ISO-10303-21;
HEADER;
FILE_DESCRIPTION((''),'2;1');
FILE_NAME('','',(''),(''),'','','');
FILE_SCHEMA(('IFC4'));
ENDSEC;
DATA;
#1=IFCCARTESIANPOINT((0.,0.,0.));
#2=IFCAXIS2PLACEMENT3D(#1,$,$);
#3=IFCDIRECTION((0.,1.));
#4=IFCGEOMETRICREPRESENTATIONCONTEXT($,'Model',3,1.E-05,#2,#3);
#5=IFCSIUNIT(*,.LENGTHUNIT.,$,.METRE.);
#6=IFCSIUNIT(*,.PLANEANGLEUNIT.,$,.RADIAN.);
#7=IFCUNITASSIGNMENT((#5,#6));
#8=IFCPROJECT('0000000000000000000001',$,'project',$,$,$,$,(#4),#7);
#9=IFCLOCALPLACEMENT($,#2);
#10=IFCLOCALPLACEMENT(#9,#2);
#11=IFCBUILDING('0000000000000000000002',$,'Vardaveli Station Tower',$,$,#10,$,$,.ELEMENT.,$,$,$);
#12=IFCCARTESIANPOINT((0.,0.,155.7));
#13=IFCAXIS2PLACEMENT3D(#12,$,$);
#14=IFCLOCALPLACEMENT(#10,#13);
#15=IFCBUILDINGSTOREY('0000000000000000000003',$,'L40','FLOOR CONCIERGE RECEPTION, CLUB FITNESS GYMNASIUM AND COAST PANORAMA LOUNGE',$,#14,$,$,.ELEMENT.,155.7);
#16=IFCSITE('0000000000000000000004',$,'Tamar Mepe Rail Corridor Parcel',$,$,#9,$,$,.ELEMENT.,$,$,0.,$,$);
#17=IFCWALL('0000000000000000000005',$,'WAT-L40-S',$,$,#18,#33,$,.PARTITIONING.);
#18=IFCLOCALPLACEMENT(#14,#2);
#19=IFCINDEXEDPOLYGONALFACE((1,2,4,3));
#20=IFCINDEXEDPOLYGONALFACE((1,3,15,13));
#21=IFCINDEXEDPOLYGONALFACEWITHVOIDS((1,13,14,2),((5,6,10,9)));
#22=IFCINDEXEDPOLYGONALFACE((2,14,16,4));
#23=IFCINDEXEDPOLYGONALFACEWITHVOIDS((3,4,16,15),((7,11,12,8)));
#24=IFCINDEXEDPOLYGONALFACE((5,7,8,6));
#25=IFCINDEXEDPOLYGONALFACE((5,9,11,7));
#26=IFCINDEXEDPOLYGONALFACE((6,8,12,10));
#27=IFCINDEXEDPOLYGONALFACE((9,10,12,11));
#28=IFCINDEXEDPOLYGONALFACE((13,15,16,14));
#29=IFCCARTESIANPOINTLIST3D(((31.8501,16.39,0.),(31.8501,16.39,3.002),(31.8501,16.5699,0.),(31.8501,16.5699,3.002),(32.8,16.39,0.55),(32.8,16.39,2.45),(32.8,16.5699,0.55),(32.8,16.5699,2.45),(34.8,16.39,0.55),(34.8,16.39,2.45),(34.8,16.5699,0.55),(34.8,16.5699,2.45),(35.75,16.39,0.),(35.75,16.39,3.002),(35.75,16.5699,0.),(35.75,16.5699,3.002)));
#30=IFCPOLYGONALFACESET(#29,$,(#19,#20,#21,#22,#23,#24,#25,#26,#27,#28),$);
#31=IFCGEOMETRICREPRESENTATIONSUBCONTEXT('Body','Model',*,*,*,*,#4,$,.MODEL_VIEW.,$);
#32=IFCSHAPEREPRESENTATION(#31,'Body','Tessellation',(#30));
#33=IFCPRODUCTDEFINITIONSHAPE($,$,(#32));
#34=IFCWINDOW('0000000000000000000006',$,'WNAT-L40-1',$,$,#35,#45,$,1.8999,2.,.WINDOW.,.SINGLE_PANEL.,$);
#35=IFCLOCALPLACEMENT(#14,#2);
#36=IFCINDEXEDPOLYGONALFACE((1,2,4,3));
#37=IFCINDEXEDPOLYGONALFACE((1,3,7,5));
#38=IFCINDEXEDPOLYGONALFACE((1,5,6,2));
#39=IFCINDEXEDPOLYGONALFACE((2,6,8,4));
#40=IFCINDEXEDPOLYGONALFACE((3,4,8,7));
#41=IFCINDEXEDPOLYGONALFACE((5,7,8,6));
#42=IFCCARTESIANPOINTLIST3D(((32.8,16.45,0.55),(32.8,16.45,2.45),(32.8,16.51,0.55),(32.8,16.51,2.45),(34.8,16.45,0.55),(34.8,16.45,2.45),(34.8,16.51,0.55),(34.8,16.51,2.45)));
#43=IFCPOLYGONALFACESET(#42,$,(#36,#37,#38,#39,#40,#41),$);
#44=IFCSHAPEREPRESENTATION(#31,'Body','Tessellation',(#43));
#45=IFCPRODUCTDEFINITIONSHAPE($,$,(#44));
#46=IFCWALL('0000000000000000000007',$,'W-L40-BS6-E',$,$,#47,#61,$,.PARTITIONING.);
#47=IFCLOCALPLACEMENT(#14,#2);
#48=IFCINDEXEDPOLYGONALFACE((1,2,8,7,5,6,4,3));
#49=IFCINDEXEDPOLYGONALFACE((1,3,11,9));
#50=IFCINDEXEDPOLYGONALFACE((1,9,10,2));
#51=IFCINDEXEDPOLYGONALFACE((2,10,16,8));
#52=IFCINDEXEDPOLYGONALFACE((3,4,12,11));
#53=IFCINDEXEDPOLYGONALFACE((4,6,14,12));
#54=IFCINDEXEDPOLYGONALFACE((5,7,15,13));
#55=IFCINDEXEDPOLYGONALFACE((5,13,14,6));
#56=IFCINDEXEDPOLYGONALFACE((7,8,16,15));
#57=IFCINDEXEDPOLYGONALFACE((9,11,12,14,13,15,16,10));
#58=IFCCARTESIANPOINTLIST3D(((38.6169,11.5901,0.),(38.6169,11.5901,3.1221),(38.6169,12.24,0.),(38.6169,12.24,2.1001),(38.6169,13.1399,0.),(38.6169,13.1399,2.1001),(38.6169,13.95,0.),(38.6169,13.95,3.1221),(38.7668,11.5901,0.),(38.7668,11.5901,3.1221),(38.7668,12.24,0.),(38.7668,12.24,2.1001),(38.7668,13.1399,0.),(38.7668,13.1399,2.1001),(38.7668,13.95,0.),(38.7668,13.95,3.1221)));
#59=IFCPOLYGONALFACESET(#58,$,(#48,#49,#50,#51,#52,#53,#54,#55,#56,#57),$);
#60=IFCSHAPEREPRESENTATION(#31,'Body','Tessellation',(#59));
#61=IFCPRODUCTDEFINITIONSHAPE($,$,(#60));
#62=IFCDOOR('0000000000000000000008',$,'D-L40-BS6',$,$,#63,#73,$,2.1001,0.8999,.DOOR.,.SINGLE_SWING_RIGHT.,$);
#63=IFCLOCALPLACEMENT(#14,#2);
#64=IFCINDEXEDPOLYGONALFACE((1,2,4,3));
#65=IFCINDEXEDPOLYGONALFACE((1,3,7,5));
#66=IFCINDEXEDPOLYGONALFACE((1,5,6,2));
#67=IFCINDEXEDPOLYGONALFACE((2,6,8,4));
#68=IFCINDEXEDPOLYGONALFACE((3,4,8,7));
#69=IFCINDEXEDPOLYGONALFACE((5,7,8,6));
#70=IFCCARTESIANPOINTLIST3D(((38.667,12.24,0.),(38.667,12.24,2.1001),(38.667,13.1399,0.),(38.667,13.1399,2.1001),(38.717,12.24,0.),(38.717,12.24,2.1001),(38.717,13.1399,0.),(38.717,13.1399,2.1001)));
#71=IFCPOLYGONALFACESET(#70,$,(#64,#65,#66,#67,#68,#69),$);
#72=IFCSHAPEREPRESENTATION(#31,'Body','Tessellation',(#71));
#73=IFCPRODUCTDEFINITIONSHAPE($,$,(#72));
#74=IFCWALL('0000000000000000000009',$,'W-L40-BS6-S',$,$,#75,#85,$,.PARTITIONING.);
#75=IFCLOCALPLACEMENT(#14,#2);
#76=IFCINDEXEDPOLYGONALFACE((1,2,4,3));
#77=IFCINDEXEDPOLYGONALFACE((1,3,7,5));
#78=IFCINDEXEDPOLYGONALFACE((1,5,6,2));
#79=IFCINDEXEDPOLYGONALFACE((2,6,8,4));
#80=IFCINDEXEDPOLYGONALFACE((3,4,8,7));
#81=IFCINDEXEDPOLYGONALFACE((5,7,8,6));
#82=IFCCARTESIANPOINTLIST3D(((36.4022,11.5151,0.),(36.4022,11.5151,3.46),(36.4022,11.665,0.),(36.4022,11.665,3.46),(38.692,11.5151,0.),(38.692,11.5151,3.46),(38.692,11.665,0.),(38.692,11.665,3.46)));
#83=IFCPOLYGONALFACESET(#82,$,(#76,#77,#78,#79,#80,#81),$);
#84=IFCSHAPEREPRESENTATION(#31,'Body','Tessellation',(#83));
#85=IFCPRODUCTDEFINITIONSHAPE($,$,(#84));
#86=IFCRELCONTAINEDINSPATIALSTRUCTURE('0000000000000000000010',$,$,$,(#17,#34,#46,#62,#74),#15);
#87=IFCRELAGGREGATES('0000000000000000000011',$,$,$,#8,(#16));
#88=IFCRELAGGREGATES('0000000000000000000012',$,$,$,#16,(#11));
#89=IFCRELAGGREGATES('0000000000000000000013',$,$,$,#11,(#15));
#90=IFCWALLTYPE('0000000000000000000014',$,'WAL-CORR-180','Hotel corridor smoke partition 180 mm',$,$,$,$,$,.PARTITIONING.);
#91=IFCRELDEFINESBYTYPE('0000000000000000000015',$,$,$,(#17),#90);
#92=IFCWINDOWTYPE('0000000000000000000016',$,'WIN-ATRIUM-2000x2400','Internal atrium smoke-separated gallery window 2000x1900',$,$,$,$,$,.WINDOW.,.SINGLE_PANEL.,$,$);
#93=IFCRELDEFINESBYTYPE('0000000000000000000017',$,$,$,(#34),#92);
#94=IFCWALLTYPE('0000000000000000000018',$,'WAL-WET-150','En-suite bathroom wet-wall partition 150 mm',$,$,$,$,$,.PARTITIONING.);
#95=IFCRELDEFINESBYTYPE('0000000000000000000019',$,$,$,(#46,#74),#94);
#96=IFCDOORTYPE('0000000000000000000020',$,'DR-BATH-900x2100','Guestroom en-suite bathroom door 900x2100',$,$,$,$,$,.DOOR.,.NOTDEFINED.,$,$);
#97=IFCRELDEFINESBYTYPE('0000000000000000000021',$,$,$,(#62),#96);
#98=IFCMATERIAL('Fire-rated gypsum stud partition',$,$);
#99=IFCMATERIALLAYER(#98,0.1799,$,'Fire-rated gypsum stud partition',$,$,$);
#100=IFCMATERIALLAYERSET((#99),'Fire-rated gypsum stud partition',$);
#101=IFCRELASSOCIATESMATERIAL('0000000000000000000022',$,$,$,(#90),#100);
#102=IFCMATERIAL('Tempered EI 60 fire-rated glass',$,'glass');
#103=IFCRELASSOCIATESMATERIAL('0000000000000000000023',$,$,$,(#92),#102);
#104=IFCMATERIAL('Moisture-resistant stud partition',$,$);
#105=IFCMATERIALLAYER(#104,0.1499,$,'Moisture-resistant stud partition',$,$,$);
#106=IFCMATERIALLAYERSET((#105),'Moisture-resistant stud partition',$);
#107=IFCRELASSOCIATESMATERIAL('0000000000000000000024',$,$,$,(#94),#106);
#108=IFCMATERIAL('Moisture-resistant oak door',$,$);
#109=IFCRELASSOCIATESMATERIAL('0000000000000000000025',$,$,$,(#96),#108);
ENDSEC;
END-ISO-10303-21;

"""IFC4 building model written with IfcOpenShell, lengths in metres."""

from ifc_helpers import new_model, si_unit, direction, frame, frame_2d, origin, place, context, subcontext, project, spatial, rectangle, extrude, source, transform, mapped, material, layer, layer_set, type_object, element, fill, save


model = new_model("IFC4")

# Units and contexts
model_context = context("Model", 3, precision=1e-05, world=origin(), true_north=direction((0.0, 1.0)))
body_context = subcontext(model_context, "Body", "Model", "MODEL_VIEW")
ifc_project = project(units=[si_unit("LENGTHUNIT", "METRE"), si_unit("PLANEANGLEUNIT", "RADIAN")], contexts=[model_context])

# Site, building, storey
site_placement = place(None, origin())
site = spatial("IfcSite", under=ifc_project, at=site_placement, Name="Tamar Mepe Rail Corridor Parcel", CompositionType="ELEMENT", RefElevation=0.0)
building_placement = place(site_placement, origin())
building = spatial("IfcBuilding", under=site, at=building_placement, Name="Vardaveli Station Tower", CompositionType="ELEMENT")
storey_placement = place(building_placement, frame((0.0, 0.0, 155.7)))
storey = spatial("IfcBuildingStorey", under=building, at=storey_placement, Name="L40", Description="FLOOR CONCIERGE RECEPTION, CLUB FITNESS GYMNASIUM AND COAST PANORAMA LOUNGE", CompositionType="ELEMENT", Elevation=155.7)

# Wall, opening, window
ifc_material_1 = material(Name="Fire-rated gypsum stud partition")
ifc_layer_1 = layer(ifc_material_1, 0.1799, Name="Fire-rated gypsum stud partition")
ifc_layer_set_1 = layer_set([ifc_layer_1], Name="Fire-rated gypsum stud partition")
wall_type_1 = type_object("IfcWallType", Name="WAL-CORR-180", Description="Hotel corridor smoke partition 180 mm", PredefinedType="PARTITIONING", material=ifc_layer_set_1)
shared_shape_1 = source(origin(), body_context, "Body", "SweptSolid", [
    extrude(rectangle(XDim=3.8999, YDim=0.1799, at=frame_2d((1.95, 0.0))), origin(), (0.0, 0.0, 1.0), 3.002),
])
wall_1_placement = place(storey_placement, frame((31.8501, 16.48, 0.0), z_axis=(0.0, 0.0, 1.0), x_axis=(1.0, 0.0, 0.0)))
wall_1 = element("IfcWall", 1, at=wall_1_placement, inside=storey, type_object=wall_type_1, Name="WAT-L40-S", PredefinedType="PARTITIONING", context=body_context, shape_type="MappedRepresentation", body=[
    mapped(shared_shape_1, transform((0.0, 0.0, 0.0), scale=1.0)),
])
shared_shape_2 = source(origin(), body_context, "Body", "SweptSolid", [
    extrude(rectangle(XDim=2.0, YDim=1.8999, at=frame_2d((1.0, 0.95))), frame((0.0, 0.1001, 0.0), z_axis=(0.0, -1.0, 0.0), x_axis=(1.0, 0.0, 0.0)), (0.0, 0.0, 1.0), 0.2),
])
opening_1_placement = place(wall_1_placement, frame((0.95, 0.0, 0.55)))
opening_1 = element("IfcOpeningElement", 2, at=opening_1_placement, cuts=wall_1, PredefinedType="OPENING", context=body_context, shape_type="MappedRepresentation", body=[
    mapped(shared_shape_2, transform((0.0, 0.0, 0.0), scale=1.0)),
])
ifc_material_2 = material(Name="Tempered EI 60 fire-rated glass", Category="glass")
window_type_1 = type_object("IfcWindowType", Name="WIN-ATRIUM-2000x2400", Description="Internal atrium smoke-separated gallery window 2000x1900", PartitioningType="SINGLE_PANEL", PredefinedType="WINDOW", material=ifc_material_2)
shared_shape_3 = source(origin(), body_context, "Body", "SweptSolid", [
    extrude(rectangle(XDim=2.0, YDim=1.8999, at=frame_2d((1.0, 0.95))), frame((0.0, 0.03, 0.0), z_axis=(0.0, -1.0, 0.0), x_axis=(1.0, 0.0, 0.0)), (0.0, 0.0, 1.0), 0.0601),
])
window_1_placement = place(opening_1_placement, origin())
window_1 = element("IfcWindow", 3, at=window_1_placement, inside=storey, type_object=window_type_1, Name="WNAT-L40-1", OverallHeight=1.8999, OverallWidth=2.0, PartitioningType="SINGLE_PANEL", PredefinedType="WINDOW", context=body_context, shape_type="MappedRepresentation", body=[
    mapped(shared_shape_3, transform((0.0, 0.0, 0.0), scale=1.0)),
])
fill(opening_1, window_1)

# Wall, opening, door
ifc_material_3 = material(Name="Moisture-resistant stud partition")
ifc_layer_2 = layer(ifc_material_3, 0.1499, Name="Moisture-resistant stud partition")
ifc_layer_set_2 = layer_set([ifc_layer_2], Name="Moisture-resistant stud partition")
wall_type_2 = type_object("IfcWallType", Name="WAL-WET-150", Description="En-suite bathroom wet-wall partition 150 mm", PredefinedType="PARTITIONING", material=ifc_layer_set_2)
shared_shape_4 = source(origin(), body_context, "Body", "SweptSolid", [
    extrude(rectangle(XDim=2.3599, YDim=0.1499, at=frame_2d((1.1799, 0.0))), origin(), (0.0, 0.0, 1.0), 3.1221),
])
wall_2_placement = place(storey_placement, frame((38.6919, 11.5901, 0.0), z_axis=(0.0, 0.0, 1.0), x_axis=(0.0, 1.0, 0.0)))
wall_2 = element("IfcWall", 4, at=wall_2_placement, inside=storey, type_object=wall_type_2, Name="W-L40-BS6-E", PredefinedType="PARTITIONING", context=body_context, shape_type="MappedRepresentation", body=[
    mapped(shared_shape_4, transform((0.0, 0.0, 0.0), scale=1.0)),
])
shared_shape_5 = source(origin(), body_context, "Body", "SweptSolid", [
    extrude(rectangle(XDim=0.8999, YDim=2.1001, at=frame_2d((0.45, 1.05))), frame((0.0, 0.085, 0.0), z_axis=(0.0, -1.0, 0.0), x_axis=(1.0, 0.0, 0.0)), (0.0, 0.0, 1.0), 0.1699),
])
opening_2_placement = place(wall_2_placement, frame((0.6499, 0.0, 0.0)))
opening_2 = element("IfcOpeningElement", 5, at=opening_2_placement, cuts=wall_2, PredefinedType="OPENING", context=body_context, shape_type="MappedRepresentation", body=[
    mapped(shared_shape_5, transform((0.0, 0.0, 0.0), scale=1.0)),
])
ifc_material_4 = material(Name="Moisture-resistant oak door")
door_type = type_object("IfcDoorType", Name="DR-BATH-900x2100", Description="Guestroom en-suite bathroom door 900x2100", OperationType="NOTDEFINED", PredefinedType="DOOR", material=ifc_material_4)
shared_shape_6 = source(origin(), body_context, "Body", "SweptSolid", [
    extrude(rectangle(XDim=0.8999, YDim=2.1001, at=frame_2d((0.45, 1.05))), frame((0.0, 0.0249, 0.0), z_axis=(0.0, -1.0, 0.0), x_axis=(1.0, 0.0, 0.0)), (0.0, 0.0, 1.0), 0.05),
])
door_placement = place(opening_2_placement, origin())
door = element("IfcDoor", 6, at=door_placement, inside=storey, type_object=door_type, Name="D-L40-BS6", OperationType="SINGLE_SWING_RIGHT", OverallHeight=2.1001, OverallWidth=0.8999, PredefinedType="DOOR", context=body_context, shape_type="MappedRepresentation", body=[
    mapped(shared_shape_6, transform((0.0, 0.0, 0.0), scale=1.0)),
])
fill(opening_2, door)

# Wall
shared_shape_7 = source(origin(), body_context, "Body", "SweptSolid", [
    extrude(rectangle(XDim=2.2898, YDim=0.1499, at=frame_2d((1.145, 0.0))), origin(), (0.0, 0.0, 1.0), 3.46),
])
wall_3_placement = place(storey_placement, frame((36.4021, 11.5901, 0.0), z_axis=(0.0, 0.0, 1.0), x_axis=(1.0, 0.0, 0.0)))
element("IfcWall", 7, at=wall_3_placement, inside=storey, type_object=wall_type_2, Name="W-L40-BS6-S", PredefinedType="PARTITIONING", context=body_context, shape_type="MappedRepresentation", body=[
    mapped(shared_shape_7, transform((0.0, 0.0, 0.0), scale=1.0)),
])

save(model, "model.ifc")
